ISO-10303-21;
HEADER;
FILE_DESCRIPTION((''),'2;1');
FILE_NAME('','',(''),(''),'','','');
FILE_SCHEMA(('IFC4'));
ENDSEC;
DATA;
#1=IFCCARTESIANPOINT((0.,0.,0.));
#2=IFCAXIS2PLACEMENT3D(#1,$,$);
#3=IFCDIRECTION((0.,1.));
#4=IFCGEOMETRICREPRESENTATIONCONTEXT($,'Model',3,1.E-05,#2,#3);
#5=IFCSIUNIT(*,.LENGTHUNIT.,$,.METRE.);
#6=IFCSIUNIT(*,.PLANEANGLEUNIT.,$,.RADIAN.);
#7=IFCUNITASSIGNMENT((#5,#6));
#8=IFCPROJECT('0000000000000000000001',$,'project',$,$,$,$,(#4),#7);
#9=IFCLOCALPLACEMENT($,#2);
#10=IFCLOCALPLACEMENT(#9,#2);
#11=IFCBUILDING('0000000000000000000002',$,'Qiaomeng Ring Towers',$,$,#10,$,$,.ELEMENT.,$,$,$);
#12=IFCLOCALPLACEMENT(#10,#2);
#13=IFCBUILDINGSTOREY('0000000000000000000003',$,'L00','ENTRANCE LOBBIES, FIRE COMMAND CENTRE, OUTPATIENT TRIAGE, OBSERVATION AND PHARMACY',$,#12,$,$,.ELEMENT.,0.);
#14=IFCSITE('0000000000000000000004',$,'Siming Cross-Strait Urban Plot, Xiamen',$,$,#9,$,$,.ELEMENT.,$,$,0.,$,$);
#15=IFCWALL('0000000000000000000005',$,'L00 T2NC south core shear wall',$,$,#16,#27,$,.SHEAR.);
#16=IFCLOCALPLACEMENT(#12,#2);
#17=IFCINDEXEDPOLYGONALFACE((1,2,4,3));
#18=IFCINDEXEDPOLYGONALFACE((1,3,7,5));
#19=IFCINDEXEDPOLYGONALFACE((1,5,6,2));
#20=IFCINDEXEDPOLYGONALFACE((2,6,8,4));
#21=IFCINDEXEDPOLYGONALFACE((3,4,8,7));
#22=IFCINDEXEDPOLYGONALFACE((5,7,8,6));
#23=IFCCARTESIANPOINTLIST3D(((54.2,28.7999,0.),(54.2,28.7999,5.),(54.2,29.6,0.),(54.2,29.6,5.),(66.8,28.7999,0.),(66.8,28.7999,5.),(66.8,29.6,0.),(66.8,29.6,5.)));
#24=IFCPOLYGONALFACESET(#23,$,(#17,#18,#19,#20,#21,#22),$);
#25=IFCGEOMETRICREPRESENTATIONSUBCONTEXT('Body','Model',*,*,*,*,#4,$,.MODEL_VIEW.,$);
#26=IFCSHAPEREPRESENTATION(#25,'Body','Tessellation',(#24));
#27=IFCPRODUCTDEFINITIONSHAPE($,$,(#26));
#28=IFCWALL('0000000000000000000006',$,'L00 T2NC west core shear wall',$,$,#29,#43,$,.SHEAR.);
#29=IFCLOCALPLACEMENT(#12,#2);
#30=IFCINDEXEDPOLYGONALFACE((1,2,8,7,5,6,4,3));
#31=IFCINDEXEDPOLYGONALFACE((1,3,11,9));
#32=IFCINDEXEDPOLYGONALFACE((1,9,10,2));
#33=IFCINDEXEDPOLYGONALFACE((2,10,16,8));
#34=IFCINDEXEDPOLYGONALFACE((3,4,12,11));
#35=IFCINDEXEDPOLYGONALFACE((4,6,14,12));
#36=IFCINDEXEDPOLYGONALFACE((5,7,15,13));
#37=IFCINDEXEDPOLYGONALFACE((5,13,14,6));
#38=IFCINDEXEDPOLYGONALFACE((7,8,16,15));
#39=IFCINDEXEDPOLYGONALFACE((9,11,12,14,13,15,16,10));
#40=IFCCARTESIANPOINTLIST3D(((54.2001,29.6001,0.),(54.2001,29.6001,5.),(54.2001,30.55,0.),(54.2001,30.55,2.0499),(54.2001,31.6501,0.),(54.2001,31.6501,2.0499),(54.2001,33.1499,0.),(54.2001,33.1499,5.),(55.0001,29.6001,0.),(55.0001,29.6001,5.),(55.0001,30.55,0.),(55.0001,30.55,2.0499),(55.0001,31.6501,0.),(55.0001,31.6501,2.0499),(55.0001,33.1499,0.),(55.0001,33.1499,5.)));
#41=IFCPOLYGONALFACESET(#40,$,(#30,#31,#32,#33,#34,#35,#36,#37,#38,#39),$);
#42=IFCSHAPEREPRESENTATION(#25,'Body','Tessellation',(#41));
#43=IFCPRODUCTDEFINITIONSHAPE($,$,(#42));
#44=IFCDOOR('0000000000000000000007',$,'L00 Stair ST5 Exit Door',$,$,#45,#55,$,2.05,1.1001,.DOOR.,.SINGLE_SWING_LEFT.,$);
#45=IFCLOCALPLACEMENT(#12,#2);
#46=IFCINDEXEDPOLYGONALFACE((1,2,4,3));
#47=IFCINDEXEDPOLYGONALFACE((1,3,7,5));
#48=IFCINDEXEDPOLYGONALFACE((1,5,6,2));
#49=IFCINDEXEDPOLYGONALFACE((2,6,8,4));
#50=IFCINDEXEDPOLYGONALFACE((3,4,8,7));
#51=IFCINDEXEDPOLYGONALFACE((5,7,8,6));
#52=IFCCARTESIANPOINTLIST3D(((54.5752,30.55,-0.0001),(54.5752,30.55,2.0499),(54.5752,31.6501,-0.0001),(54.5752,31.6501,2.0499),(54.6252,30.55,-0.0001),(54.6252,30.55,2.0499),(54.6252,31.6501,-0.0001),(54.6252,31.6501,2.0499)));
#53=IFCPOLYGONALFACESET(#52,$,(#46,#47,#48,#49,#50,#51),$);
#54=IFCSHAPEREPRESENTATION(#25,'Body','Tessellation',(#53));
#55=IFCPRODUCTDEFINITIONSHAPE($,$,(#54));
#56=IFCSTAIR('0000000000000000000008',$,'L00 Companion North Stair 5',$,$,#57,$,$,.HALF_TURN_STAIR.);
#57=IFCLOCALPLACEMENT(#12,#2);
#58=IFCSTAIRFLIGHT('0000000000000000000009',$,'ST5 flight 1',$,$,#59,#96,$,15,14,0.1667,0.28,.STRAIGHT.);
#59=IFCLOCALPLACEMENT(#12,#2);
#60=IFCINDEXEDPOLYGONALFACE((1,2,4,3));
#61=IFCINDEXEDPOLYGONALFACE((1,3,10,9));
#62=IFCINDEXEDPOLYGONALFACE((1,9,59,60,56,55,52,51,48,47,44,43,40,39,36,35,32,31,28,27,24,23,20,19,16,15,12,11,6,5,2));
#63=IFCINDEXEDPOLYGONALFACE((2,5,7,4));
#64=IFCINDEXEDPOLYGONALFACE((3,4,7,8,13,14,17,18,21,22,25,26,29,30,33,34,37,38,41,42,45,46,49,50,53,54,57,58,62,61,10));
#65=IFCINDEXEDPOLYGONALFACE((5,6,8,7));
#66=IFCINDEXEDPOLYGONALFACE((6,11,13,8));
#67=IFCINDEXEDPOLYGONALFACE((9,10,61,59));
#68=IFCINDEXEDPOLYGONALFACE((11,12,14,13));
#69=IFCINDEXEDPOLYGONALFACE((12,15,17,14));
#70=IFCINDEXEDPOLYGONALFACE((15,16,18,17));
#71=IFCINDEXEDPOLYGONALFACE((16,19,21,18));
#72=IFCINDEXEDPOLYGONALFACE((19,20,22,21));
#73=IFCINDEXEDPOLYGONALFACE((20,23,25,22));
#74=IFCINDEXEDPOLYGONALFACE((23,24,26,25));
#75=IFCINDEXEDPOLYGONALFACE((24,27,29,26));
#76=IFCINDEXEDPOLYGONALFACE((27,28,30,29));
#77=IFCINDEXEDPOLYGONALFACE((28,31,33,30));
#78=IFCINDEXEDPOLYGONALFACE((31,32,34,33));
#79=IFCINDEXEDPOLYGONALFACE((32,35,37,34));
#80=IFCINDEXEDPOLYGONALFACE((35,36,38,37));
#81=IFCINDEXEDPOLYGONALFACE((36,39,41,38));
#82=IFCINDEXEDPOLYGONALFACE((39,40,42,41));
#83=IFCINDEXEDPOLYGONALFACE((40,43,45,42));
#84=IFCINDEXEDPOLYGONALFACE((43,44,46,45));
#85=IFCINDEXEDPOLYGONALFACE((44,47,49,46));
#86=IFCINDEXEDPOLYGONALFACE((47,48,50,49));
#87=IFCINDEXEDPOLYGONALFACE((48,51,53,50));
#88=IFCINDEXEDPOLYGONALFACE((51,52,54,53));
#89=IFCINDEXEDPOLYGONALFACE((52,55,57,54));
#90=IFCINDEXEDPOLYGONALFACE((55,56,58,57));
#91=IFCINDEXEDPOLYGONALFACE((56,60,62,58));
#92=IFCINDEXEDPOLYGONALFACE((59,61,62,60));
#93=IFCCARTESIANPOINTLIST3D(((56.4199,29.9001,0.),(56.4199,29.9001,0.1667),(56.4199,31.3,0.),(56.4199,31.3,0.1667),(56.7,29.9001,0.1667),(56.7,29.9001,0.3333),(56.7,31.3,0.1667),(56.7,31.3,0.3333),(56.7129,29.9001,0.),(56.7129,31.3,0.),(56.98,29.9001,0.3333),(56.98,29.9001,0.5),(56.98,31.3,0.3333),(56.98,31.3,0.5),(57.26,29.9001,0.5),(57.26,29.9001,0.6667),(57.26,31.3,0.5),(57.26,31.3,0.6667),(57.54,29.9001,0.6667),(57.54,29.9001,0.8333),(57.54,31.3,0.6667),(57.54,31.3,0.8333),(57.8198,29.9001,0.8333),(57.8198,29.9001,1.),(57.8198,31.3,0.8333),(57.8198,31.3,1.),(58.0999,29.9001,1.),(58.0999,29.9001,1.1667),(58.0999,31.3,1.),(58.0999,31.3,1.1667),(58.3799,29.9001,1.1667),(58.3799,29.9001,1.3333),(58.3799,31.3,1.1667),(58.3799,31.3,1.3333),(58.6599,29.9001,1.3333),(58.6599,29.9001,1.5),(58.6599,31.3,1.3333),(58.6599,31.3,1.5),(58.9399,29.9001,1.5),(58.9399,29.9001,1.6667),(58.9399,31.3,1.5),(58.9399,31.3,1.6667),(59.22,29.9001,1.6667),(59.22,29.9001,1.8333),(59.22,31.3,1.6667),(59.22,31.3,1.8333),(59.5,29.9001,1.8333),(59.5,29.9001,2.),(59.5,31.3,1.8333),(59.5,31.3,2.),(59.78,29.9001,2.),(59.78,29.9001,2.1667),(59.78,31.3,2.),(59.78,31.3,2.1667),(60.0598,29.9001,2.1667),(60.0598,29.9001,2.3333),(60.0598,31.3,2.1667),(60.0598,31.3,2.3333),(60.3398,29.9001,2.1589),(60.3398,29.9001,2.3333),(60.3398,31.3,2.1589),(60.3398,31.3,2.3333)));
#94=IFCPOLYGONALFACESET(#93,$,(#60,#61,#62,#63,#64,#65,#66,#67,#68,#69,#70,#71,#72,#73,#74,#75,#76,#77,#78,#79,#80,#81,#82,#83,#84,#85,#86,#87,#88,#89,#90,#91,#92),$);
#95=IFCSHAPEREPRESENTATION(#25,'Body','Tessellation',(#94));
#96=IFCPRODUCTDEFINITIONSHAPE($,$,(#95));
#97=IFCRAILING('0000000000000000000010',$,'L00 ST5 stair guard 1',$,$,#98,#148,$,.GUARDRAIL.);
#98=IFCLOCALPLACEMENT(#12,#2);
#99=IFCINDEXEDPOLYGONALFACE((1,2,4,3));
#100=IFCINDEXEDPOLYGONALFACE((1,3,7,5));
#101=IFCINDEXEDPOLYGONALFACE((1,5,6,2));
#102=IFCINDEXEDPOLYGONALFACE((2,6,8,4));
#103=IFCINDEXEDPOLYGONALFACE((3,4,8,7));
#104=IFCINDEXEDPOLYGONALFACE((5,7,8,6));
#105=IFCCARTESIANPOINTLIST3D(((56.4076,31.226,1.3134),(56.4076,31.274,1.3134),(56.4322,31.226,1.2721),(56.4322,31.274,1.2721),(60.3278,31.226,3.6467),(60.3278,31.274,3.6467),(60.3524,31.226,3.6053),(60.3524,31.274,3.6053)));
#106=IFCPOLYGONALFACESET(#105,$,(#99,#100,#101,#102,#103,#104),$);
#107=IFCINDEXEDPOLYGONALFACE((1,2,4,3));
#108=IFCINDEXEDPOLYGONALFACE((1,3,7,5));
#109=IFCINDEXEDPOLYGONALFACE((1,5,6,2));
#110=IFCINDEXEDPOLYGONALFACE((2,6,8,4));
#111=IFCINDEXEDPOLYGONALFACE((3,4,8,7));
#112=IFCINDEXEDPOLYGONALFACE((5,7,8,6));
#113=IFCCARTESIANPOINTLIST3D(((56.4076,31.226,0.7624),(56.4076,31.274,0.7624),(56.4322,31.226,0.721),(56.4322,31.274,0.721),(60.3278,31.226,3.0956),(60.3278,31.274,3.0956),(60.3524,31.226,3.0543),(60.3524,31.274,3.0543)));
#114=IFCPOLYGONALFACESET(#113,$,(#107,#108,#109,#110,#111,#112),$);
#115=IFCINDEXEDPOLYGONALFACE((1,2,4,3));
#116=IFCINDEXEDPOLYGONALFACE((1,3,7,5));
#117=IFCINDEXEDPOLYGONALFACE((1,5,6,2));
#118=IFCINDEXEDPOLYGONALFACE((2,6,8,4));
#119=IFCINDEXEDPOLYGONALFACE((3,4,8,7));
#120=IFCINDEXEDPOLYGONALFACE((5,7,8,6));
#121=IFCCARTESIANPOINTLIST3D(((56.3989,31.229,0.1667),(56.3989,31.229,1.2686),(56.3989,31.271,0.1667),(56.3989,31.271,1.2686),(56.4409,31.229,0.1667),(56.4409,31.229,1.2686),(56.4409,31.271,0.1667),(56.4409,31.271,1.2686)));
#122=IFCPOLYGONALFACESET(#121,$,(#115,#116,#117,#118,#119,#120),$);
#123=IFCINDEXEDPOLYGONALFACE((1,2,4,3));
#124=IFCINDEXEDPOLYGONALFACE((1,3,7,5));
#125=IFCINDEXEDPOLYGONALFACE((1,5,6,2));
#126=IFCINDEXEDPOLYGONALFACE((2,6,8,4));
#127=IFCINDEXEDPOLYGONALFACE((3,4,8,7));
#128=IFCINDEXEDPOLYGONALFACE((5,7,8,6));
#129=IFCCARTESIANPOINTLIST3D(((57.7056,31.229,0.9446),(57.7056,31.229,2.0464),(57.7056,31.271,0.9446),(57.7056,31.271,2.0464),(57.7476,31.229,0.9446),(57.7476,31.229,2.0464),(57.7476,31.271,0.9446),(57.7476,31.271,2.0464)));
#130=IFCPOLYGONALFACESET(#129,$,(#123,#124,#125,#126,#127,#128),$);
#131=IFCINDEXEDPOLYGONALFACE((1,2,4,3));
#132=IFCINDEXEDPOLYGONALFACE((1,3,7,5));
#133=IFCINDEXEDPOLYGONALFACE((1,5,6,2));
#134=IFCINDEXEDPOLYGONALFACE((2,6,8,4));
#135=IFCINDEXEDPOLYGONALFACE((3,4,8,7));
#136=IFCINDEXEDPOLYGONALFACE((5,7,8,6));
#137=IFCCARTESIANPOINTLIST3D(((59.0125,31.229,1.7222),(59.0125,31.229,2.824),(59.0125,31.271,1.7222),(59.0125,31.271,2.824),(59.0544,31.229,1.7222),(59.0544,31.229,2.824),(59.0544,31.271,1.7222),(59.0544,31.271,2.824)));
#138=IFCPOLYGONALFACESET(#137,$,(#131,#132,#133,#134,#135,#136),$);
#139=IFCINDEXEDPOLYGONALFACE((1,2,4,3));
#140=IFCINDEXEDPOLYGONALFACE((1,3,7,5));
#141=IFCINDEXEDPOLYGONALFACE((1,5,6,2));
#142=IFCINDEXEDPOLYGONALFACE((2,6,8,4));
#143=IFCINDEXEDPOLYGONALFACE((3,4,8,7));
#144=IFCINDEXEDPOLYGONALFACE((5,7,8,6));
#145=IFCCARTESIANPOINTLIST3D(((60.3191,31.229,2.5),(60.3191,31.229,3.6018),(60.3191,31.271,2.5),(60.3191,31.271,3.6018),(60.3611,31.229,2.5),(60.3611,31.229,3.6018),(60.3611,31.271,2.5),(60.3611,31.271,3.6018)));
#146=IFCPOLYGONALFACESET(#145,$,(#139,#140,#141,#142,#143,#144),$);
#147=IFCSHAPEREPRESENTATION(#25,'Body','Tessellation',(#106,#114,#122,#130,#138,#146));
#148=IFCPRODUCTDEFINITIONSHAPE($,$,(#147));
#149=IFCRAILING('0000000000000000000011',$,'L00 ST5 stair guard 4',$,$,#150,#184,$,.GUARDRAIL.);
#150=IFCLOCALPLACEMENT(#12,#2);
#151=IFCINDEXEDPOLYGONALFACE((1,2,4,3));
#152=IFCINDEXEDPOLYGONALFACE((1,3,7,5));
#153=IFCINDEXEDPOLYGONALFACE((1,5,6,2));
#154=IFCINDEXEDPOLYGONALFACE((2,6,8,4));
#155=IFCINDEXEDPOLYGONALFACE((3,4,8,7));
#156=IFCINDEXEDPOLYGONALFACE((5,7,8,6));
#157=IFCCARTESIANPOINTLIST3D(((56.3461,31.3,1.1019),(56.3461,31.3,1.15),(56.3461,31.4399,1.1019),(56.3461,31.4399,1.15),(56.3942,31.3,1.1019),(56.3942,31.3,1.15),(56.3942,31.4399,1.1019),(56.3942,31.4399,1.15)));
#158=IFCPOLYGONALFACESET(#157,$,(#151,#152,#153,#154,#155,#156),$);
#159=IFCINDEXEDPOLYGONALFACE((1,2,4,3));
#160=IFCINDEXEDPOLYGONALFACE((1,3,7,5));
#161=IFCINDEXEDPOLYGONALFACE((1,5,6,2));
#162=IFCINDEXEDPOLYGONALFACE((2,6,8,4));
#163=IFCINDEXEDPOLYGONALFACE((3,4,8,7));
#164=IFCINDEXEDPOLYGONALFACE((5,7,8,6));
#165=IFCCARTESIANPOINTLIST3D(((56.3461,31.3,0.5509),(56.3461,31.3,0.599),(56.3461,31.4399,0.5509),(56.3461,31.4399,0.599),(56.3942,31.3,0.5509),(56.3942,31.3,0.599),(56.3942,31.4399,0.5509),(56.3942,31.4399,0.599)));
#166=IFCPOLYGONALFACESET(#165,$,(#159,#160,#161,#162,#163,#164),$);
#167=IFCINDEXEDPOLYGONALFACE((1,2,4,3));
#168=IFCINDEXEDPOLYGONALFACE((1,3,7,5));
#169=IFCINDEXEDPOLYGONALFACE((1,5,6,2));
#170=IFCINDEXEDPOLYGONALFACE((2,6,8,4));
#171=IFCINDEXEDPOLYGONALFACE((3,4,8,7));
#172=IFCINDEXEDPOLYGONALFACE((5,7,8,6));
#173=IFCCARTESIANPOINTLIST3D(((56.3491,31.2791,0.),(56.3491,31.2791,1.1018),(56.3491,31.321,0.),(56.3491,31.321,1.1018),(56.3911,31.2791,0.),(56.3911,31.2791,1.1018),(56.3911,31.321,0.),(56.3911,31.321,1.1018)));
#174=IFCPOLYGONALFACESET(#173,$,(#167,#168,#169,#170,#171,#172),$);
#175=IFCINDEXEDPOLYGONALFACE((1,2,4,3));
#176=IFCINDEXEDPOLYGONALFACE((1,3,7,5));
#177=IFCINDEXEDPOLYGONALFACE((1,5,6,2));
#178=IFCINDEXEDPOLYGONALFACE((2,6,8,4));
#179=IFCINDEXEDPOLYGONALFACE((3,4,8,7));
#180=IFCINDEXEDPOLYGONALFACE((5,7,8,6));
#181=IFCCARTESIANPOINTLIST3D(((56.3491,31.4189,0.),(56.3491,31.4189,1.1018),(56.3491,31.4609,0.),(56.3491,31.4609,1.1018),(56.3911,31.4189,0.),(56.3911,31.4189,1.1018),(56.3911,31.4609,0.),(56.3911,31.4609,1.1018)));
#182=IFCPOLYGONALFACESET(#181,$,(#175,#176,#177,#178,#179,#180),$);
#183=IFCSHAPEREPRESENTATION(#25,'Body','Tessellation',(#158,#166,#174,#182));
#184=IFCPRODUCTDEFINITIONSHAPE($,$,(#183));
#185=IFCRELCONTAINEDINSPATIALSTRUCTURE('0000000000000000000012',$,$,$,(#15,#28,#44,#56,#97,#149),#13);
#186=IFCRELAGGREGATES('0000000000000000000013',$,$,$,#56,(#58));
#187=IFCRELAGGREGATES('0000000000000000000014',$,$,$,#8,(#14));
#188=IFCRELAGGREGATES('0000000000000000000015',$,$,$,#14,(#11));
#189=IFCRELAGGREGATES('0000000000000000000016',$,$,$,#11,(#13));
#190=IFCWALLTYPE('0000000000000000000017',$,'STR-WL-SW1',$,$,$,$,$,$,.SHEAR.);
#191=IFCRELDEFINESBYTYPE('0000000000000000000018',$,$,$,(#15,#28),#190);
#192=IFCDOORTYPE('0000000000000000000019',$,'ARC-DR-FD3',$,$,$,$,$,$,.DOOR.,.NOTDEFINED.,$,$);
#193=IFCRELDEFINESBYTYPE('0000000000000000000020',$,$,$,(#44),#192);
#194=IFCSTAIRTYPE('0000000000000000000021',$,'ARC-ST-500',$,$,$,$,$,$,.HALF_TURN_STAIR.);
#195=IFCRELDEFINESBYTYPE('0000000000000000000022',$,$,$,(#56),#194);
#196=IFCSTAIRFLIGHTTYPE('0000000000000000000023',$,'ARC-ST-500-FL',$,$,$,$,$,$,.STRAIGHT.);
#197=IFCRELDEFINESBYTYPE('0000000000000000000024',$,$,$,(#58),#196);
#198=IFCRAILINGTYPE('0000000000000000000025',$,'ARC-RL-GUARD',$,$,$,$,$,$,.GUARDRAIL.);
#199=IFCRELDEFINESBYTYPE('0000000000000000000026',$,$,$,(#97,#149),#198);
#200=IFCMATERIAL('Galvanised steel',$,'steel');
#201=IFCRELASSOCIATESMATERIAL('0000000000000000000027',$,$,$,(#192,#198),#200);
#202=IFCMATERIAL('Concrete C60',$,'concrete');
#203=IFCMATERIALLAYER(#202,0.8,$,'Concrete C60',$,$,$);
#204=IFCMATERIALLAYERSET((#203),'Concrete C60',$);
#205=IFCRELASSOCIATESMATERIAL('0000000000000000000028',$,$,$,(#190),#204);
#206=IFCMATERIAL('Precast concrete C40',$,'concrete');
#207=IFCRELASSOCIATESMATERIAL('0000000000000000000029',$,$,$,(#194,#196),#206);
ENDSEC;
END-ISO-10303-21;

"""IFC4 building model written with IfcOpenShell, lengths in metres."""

from ifc_helpers import new_model, si_unit, direction, frame, frame_2d, origin, origin_2d, place, context, subcontext, project, spatial, polyline, rectangle, outline, extrude, source, transform, mapped, material, layer, layer_set, type_object, element, fill, aggregate, save


model = new_model("IFC4")

# Units and contexts
model_context = context("Model", 3, precision=1e-05, world=origin(), true_north=direction((0.0, 1.0)))
body_context = subcontext(model_context, "Body", "Model", "MODEL_VIEW")
ifc_project = project(units=[si_unit("LENGTHUNIT", "METRE"), si_unit("PLANEANGLEUNIT", "RADIAN")], contexts=[model_context])

# Site, building, storey
site_placement = place(None, origin())
site = spatial("IfcSite", under=ifc_project, at=site_placement, Name="Siming Cross-Strait Urban Plot, Xiamen", CompositionType="ELEMENT", RefElevation=0.0)
building_placement = place(site_placement, origin())
building = spatial("IfcBuilding", under=site, at=building_placement, Name="Qiaomeng Ring Towers", CompositionType="ELEMENT")
storey_placement = place(building_placement, origin())
storey = spatial("IfcBuildingStorey", under=building, at=storey_placement, Name="L00", Description="ENTRANCE LOBBIES, FIRE COMMAND CENTRE, OUTPATIENT TRIAGE, OBSERVATION AND PHARMACY", CompositionType="ELEMENT", Elevation=0.0)

# Shared definitions
ifc_material_1 = material(Name="Galvanised steel", Category="steel")
door_type_1 = type_object("IfcDoorType", Name="ARC-DR-FD3", OperationType="NOTDEFINED", PredefinedType="DOOR", material=ifc_material_1)
shared_shape_1 = source(origin(), body_context, "Body", "SweptSolid", [
    extrude(rectangle(XDim=1.1001, YDim=2.05, at=frame_2d((0.55, 1.0249))), frame((0.0, 0.0249, 0.0), z_axis=(0.0, -1.0, 0.0), x_axis=(1.0, 0.0, 0.0)), (0.0, 0.0, 1.0), 0.05),
])

# Wall
ifc_material_2 = material(Name="Concrete C60", Category="concrete")
ifc_layer_1 = layer(ifc_material_2, 0.8, Name="Concrete C60")
ifc_layer_set_1 = layer_set([ifc_layer_1], Name="Concrete C60")
wall_type_1 = type_object("IfcWallType", Name="STR-WL-SW1", PredefinedType="SHEAR", material=ifc_layer_set_1)
wall_1_placement = place(storey_placement, frame((54.2, 29.2, 0.0), z_axis=(0.0, 0.0, 1.0), x_axis=(1.0, 0.0, 0.0)))
element("IfcWall", 1, at=wall_1_placement, inside=storey, type_object=wall_type_1, Name="L00 T2NC south core shear wall", PredefinedType="SHEAR", context=body_context, shape_type="SweptSolid", body=[
    extrude(rectangle(XDim=12.6001, YDim=0.8, at=frame_2d((6.3, 0.0))), origin(), (0.0, 0.0, 1.0), 5.0),
])

# Wall, opening, door
wall_2_placement = place(storey_placement, frame((54.6001, 29.6001, 0.0), z_axis=(0.0, 0.0, 1.0), x_axis=(0.0, 1.0, 0.0)))
wall_2 = element("IfcWall", 2, at=wall_2_placement, inside=storey, type_object=wall_type_1, Name="L00 T2NC west core shear wall", PredefinedType="SHEAR", context=body_context, shape_type="SweptSolid", body=[
    extrude(rectangle(XDim=3.5498, YDim=0.8, at=frame_2d((1.7749, 0.0))), origin(), (0.0, 0.0, 1.0), 5.0),
])
opening_1_placement = place(wall_2_placement, frame((0.95, 0.0, 0.0)))
opening_1 = element("IfcOpeningElement", 3, at=opening_1_placement, cuts=wall_2, PredefinedType="OPENING", context=body_context, shape_type="SweptSolid", body=[
    extrude(rectangle(XDim=1.1001, YDim=2.05, at=frame_2d((0.55, 1.0249))), frame((0.0, 0.4099, 0.0), z_axis=(0.0, -1.0, 0.0), x_axis=(1.0, 0.0, 0.0)), (0.0, 0.0, 1.0), 0.8201),
])
door_1_placement = place(opening_1_placement, origin())
door_1 = element("IfcDoor", 4, at=door_1_placement, inside=storey, type_object=door_type_1, Name="L00 Stair ST5 Exit Door", OperationType="SINGLE_SWING_LEFT", OverallHeight=2.05, OverallWidth=1.1001, PredefinedType="DOOR", context=body_context, shape_type="MappedRepresentation", body=[
    mapped(shared_shape_1, transform((0.0, 0.0, 0.0), x_axis=(1.0, 0.0, 0.0), y_axis=(0.0, 1.0, 0.0), z_axis=(0.0, 0.0, 1.0), scale=1.0)),
])
fill(opening_1, door_1)

# Stair, stair flight
ifc_material_3 = material(Name="Precast concrete C40", Category="concrete")
stair_type = type_object("IfcStairType", Name="ARC-ST-500", PredefinedType="HALF_TURN_STAIR", material=ifc_material_3)
stair_placement = place(storey_placement, origin())
stair = element("IfcStair", 5, at=stair_placement, inside=storey, type_object=stair_type, Name="L00 Companion North Stair 5", PredefinedType="HALF_TURN_STAIR")
stair_flight_type = type_object("IfcStairFlightType", Name="ARC-ST-500-FL", PredefinedType="STRAIGHT", material=ifc_material_3)
shared_shape_2 = source(origin(), body_context, "Body", "SweptSolid", [
    extrude(outline(polyline([(0.0, 0.0), (0.0, 0.1667), (0.28, 0.1667), (0.28, 0.3333), (0.5601, 0.3333), (0.5601, 0.5), (0.8401, 0.5), (0.8401, 0.6667), (1.1201, 0.6667), (1.1201, 0.8333), (1.3999, 0.8333), (1.3999, 1.0), (1.6799, 1.0), (1.6799, 1.1667), (1.96, 1.1667), (1.96, 1.3333), (2.24, 1.3333), (2.24, 1.5), (2.52, 1.5), (2.52, 1.6667), (2.8, 1.6667), (2.8, 1.8333), (3.0801, 1.8333), (3.0801, 2.0), (3.3601, 2.0), (3.3601, 2.1667), (3.6399, 2.1667), (3.6399, 2.3333), (3.9199, 2.3333), (3.9199, 2.5), (3.9199, 2.1589), (0.293, 0.0), (0.0, 0.0)])), frame((0.0, 0.7, 0.0), z_axis=(0.0, -1.0, 0.0), x_axis=(1.0, 0.0, 0.0)), (0.0, 0.0, 1.0), 1.3999),
])
stair_flight_placement = place(storey_placement, frame((56.4199, 30.6001, 0.0), z_axis=(0.0, 0.0, 1.0), x_axis=(1.0, 0.0, 0.0)))
stair_flight = element("IfcStairFlight", 6, at=stair_flight_placement, type_object=stair_flight_type, Name="ST5 flight 1", NumberOfRisers=15, NumberOfTreads=14, PredefinedType="STRAIGHT", RiserHeight=0.1667, TreadLength=0.28, context=body_context, shape_type="MappedRepresentation", body=[
    mapped(shared_shape_2, transform((0.0, 0.0, 0.0), x_axis=(1.0, 0.0, 0.0), y_axis=(0.0, 1.0, 0.0), z_axis=(0.0, 0.0, 1.0), scale=1.0)),
])
aggregate(stair, [stair_flight])

# Railings
railing_type_1 = type_object("IfcRailingType", Name="ARC-RL-GUARD", PredefinedType="GUARDRAIL", material=ifc_material_1)
railing_1_placement = place(storey_placement, frame((56.4199, 31.25, 0.1667)))
element("IfcRailing", 7, at=railing_1_placement, inside=storey, type_object=railing_type_1, Name="L00 ST5 stair guard 1", PredefinedType="GUARDRAIL", context=body_context, shape_type="SweptSolid", body=[
    extrude(rectangle(XDim=0.0481, YDim=0.0481, at=origin_2d()), frame((0.0, 0.0, 1.126), z_axis=(0.85931, 0.0, 0.511455), x_axis=(0.0, 1.0, 0.0)), (0.0, 0.0, 1.0), 4.562),
    extrude(rectangle(XDim=0.0481, YDim=0.0481, at=origin_2d()), frame((0.0, 0.0, 0.575), z_axis=(0.85931, 0.0, 0.511455), x_axis=(0.0, 1.0, 0.0)), (0.0, 0.0, 1.0), 4.562),
    extrude(rectangle(XDim=0.042, YDim=0.042, at=origin_2d()), origin(), (0.0, 0.0, 1.0), 1.1018),
    extrude(rectangle(XDim=0.042, YDim=0.042, at=origin_2d()), frame((1.3066, 0.0, 0.7778)), (0.0, 0.0, 1.0), 1.1018),
    extrude(rectangle(XDim=0.042, YDim=0.042, at=origin_2d()), frame((2.6135, 0.0, 1.5554)), (0.0, 0.0, 1.0), 1.1018),
    extrude(rectangle(XDim=0.042, YDim=0.042, at=origin_2d()), frame((3.9202, 0.0, 2.3333)), (0.0, 0.0, 1.0), 1.1018),
])
railing_2_placement = place(storey_placement, frame((56.3701, 31.3, 0.0)))
element("IfcRailing", 8, at=railing_2_placement, inside=storey, type_object=railing_type_1, Name="L00 ST5 stair guard 4", PredefinedType="GUARDRAIL", context=body_context, shape_type="SweptSolid", body=[
    extrude(rectangle(XDim=0.0481, YDim=0.0481, at=origin_2d()), frame((0.0, 0.0, 1.126), z_axis=(0.0, 1.0, 0.0), x_axis=(-1.0, 0.0, 0.0)), (0.0, 0.0, 1.0), 0.1399),
    extrude(rectangle(XDim=0.0481, YDim=0.0481, at=origin_2d()), frame((0.0, 0.0, 0.575), z_axis=(0.0, 1.0, 0.0), x_axis=(-1.0, 0.0, 0.0)), (0.0, 0.0, 1.0), 0.1399),
    extrude(rectangle(XDim=0.042, YDim=0.042, at=origin_2d()), origin(), (0.0, 0.0, 1.0), 1.1018),
    extrude(rectangle(XDim=0.042, YDim=0.042, at=origin_2d()), frame((0.0, 0.1399, 0.0)), (0.0, 0.0, 1.0), 1.1018),
])

save(model, "model.ifc")
